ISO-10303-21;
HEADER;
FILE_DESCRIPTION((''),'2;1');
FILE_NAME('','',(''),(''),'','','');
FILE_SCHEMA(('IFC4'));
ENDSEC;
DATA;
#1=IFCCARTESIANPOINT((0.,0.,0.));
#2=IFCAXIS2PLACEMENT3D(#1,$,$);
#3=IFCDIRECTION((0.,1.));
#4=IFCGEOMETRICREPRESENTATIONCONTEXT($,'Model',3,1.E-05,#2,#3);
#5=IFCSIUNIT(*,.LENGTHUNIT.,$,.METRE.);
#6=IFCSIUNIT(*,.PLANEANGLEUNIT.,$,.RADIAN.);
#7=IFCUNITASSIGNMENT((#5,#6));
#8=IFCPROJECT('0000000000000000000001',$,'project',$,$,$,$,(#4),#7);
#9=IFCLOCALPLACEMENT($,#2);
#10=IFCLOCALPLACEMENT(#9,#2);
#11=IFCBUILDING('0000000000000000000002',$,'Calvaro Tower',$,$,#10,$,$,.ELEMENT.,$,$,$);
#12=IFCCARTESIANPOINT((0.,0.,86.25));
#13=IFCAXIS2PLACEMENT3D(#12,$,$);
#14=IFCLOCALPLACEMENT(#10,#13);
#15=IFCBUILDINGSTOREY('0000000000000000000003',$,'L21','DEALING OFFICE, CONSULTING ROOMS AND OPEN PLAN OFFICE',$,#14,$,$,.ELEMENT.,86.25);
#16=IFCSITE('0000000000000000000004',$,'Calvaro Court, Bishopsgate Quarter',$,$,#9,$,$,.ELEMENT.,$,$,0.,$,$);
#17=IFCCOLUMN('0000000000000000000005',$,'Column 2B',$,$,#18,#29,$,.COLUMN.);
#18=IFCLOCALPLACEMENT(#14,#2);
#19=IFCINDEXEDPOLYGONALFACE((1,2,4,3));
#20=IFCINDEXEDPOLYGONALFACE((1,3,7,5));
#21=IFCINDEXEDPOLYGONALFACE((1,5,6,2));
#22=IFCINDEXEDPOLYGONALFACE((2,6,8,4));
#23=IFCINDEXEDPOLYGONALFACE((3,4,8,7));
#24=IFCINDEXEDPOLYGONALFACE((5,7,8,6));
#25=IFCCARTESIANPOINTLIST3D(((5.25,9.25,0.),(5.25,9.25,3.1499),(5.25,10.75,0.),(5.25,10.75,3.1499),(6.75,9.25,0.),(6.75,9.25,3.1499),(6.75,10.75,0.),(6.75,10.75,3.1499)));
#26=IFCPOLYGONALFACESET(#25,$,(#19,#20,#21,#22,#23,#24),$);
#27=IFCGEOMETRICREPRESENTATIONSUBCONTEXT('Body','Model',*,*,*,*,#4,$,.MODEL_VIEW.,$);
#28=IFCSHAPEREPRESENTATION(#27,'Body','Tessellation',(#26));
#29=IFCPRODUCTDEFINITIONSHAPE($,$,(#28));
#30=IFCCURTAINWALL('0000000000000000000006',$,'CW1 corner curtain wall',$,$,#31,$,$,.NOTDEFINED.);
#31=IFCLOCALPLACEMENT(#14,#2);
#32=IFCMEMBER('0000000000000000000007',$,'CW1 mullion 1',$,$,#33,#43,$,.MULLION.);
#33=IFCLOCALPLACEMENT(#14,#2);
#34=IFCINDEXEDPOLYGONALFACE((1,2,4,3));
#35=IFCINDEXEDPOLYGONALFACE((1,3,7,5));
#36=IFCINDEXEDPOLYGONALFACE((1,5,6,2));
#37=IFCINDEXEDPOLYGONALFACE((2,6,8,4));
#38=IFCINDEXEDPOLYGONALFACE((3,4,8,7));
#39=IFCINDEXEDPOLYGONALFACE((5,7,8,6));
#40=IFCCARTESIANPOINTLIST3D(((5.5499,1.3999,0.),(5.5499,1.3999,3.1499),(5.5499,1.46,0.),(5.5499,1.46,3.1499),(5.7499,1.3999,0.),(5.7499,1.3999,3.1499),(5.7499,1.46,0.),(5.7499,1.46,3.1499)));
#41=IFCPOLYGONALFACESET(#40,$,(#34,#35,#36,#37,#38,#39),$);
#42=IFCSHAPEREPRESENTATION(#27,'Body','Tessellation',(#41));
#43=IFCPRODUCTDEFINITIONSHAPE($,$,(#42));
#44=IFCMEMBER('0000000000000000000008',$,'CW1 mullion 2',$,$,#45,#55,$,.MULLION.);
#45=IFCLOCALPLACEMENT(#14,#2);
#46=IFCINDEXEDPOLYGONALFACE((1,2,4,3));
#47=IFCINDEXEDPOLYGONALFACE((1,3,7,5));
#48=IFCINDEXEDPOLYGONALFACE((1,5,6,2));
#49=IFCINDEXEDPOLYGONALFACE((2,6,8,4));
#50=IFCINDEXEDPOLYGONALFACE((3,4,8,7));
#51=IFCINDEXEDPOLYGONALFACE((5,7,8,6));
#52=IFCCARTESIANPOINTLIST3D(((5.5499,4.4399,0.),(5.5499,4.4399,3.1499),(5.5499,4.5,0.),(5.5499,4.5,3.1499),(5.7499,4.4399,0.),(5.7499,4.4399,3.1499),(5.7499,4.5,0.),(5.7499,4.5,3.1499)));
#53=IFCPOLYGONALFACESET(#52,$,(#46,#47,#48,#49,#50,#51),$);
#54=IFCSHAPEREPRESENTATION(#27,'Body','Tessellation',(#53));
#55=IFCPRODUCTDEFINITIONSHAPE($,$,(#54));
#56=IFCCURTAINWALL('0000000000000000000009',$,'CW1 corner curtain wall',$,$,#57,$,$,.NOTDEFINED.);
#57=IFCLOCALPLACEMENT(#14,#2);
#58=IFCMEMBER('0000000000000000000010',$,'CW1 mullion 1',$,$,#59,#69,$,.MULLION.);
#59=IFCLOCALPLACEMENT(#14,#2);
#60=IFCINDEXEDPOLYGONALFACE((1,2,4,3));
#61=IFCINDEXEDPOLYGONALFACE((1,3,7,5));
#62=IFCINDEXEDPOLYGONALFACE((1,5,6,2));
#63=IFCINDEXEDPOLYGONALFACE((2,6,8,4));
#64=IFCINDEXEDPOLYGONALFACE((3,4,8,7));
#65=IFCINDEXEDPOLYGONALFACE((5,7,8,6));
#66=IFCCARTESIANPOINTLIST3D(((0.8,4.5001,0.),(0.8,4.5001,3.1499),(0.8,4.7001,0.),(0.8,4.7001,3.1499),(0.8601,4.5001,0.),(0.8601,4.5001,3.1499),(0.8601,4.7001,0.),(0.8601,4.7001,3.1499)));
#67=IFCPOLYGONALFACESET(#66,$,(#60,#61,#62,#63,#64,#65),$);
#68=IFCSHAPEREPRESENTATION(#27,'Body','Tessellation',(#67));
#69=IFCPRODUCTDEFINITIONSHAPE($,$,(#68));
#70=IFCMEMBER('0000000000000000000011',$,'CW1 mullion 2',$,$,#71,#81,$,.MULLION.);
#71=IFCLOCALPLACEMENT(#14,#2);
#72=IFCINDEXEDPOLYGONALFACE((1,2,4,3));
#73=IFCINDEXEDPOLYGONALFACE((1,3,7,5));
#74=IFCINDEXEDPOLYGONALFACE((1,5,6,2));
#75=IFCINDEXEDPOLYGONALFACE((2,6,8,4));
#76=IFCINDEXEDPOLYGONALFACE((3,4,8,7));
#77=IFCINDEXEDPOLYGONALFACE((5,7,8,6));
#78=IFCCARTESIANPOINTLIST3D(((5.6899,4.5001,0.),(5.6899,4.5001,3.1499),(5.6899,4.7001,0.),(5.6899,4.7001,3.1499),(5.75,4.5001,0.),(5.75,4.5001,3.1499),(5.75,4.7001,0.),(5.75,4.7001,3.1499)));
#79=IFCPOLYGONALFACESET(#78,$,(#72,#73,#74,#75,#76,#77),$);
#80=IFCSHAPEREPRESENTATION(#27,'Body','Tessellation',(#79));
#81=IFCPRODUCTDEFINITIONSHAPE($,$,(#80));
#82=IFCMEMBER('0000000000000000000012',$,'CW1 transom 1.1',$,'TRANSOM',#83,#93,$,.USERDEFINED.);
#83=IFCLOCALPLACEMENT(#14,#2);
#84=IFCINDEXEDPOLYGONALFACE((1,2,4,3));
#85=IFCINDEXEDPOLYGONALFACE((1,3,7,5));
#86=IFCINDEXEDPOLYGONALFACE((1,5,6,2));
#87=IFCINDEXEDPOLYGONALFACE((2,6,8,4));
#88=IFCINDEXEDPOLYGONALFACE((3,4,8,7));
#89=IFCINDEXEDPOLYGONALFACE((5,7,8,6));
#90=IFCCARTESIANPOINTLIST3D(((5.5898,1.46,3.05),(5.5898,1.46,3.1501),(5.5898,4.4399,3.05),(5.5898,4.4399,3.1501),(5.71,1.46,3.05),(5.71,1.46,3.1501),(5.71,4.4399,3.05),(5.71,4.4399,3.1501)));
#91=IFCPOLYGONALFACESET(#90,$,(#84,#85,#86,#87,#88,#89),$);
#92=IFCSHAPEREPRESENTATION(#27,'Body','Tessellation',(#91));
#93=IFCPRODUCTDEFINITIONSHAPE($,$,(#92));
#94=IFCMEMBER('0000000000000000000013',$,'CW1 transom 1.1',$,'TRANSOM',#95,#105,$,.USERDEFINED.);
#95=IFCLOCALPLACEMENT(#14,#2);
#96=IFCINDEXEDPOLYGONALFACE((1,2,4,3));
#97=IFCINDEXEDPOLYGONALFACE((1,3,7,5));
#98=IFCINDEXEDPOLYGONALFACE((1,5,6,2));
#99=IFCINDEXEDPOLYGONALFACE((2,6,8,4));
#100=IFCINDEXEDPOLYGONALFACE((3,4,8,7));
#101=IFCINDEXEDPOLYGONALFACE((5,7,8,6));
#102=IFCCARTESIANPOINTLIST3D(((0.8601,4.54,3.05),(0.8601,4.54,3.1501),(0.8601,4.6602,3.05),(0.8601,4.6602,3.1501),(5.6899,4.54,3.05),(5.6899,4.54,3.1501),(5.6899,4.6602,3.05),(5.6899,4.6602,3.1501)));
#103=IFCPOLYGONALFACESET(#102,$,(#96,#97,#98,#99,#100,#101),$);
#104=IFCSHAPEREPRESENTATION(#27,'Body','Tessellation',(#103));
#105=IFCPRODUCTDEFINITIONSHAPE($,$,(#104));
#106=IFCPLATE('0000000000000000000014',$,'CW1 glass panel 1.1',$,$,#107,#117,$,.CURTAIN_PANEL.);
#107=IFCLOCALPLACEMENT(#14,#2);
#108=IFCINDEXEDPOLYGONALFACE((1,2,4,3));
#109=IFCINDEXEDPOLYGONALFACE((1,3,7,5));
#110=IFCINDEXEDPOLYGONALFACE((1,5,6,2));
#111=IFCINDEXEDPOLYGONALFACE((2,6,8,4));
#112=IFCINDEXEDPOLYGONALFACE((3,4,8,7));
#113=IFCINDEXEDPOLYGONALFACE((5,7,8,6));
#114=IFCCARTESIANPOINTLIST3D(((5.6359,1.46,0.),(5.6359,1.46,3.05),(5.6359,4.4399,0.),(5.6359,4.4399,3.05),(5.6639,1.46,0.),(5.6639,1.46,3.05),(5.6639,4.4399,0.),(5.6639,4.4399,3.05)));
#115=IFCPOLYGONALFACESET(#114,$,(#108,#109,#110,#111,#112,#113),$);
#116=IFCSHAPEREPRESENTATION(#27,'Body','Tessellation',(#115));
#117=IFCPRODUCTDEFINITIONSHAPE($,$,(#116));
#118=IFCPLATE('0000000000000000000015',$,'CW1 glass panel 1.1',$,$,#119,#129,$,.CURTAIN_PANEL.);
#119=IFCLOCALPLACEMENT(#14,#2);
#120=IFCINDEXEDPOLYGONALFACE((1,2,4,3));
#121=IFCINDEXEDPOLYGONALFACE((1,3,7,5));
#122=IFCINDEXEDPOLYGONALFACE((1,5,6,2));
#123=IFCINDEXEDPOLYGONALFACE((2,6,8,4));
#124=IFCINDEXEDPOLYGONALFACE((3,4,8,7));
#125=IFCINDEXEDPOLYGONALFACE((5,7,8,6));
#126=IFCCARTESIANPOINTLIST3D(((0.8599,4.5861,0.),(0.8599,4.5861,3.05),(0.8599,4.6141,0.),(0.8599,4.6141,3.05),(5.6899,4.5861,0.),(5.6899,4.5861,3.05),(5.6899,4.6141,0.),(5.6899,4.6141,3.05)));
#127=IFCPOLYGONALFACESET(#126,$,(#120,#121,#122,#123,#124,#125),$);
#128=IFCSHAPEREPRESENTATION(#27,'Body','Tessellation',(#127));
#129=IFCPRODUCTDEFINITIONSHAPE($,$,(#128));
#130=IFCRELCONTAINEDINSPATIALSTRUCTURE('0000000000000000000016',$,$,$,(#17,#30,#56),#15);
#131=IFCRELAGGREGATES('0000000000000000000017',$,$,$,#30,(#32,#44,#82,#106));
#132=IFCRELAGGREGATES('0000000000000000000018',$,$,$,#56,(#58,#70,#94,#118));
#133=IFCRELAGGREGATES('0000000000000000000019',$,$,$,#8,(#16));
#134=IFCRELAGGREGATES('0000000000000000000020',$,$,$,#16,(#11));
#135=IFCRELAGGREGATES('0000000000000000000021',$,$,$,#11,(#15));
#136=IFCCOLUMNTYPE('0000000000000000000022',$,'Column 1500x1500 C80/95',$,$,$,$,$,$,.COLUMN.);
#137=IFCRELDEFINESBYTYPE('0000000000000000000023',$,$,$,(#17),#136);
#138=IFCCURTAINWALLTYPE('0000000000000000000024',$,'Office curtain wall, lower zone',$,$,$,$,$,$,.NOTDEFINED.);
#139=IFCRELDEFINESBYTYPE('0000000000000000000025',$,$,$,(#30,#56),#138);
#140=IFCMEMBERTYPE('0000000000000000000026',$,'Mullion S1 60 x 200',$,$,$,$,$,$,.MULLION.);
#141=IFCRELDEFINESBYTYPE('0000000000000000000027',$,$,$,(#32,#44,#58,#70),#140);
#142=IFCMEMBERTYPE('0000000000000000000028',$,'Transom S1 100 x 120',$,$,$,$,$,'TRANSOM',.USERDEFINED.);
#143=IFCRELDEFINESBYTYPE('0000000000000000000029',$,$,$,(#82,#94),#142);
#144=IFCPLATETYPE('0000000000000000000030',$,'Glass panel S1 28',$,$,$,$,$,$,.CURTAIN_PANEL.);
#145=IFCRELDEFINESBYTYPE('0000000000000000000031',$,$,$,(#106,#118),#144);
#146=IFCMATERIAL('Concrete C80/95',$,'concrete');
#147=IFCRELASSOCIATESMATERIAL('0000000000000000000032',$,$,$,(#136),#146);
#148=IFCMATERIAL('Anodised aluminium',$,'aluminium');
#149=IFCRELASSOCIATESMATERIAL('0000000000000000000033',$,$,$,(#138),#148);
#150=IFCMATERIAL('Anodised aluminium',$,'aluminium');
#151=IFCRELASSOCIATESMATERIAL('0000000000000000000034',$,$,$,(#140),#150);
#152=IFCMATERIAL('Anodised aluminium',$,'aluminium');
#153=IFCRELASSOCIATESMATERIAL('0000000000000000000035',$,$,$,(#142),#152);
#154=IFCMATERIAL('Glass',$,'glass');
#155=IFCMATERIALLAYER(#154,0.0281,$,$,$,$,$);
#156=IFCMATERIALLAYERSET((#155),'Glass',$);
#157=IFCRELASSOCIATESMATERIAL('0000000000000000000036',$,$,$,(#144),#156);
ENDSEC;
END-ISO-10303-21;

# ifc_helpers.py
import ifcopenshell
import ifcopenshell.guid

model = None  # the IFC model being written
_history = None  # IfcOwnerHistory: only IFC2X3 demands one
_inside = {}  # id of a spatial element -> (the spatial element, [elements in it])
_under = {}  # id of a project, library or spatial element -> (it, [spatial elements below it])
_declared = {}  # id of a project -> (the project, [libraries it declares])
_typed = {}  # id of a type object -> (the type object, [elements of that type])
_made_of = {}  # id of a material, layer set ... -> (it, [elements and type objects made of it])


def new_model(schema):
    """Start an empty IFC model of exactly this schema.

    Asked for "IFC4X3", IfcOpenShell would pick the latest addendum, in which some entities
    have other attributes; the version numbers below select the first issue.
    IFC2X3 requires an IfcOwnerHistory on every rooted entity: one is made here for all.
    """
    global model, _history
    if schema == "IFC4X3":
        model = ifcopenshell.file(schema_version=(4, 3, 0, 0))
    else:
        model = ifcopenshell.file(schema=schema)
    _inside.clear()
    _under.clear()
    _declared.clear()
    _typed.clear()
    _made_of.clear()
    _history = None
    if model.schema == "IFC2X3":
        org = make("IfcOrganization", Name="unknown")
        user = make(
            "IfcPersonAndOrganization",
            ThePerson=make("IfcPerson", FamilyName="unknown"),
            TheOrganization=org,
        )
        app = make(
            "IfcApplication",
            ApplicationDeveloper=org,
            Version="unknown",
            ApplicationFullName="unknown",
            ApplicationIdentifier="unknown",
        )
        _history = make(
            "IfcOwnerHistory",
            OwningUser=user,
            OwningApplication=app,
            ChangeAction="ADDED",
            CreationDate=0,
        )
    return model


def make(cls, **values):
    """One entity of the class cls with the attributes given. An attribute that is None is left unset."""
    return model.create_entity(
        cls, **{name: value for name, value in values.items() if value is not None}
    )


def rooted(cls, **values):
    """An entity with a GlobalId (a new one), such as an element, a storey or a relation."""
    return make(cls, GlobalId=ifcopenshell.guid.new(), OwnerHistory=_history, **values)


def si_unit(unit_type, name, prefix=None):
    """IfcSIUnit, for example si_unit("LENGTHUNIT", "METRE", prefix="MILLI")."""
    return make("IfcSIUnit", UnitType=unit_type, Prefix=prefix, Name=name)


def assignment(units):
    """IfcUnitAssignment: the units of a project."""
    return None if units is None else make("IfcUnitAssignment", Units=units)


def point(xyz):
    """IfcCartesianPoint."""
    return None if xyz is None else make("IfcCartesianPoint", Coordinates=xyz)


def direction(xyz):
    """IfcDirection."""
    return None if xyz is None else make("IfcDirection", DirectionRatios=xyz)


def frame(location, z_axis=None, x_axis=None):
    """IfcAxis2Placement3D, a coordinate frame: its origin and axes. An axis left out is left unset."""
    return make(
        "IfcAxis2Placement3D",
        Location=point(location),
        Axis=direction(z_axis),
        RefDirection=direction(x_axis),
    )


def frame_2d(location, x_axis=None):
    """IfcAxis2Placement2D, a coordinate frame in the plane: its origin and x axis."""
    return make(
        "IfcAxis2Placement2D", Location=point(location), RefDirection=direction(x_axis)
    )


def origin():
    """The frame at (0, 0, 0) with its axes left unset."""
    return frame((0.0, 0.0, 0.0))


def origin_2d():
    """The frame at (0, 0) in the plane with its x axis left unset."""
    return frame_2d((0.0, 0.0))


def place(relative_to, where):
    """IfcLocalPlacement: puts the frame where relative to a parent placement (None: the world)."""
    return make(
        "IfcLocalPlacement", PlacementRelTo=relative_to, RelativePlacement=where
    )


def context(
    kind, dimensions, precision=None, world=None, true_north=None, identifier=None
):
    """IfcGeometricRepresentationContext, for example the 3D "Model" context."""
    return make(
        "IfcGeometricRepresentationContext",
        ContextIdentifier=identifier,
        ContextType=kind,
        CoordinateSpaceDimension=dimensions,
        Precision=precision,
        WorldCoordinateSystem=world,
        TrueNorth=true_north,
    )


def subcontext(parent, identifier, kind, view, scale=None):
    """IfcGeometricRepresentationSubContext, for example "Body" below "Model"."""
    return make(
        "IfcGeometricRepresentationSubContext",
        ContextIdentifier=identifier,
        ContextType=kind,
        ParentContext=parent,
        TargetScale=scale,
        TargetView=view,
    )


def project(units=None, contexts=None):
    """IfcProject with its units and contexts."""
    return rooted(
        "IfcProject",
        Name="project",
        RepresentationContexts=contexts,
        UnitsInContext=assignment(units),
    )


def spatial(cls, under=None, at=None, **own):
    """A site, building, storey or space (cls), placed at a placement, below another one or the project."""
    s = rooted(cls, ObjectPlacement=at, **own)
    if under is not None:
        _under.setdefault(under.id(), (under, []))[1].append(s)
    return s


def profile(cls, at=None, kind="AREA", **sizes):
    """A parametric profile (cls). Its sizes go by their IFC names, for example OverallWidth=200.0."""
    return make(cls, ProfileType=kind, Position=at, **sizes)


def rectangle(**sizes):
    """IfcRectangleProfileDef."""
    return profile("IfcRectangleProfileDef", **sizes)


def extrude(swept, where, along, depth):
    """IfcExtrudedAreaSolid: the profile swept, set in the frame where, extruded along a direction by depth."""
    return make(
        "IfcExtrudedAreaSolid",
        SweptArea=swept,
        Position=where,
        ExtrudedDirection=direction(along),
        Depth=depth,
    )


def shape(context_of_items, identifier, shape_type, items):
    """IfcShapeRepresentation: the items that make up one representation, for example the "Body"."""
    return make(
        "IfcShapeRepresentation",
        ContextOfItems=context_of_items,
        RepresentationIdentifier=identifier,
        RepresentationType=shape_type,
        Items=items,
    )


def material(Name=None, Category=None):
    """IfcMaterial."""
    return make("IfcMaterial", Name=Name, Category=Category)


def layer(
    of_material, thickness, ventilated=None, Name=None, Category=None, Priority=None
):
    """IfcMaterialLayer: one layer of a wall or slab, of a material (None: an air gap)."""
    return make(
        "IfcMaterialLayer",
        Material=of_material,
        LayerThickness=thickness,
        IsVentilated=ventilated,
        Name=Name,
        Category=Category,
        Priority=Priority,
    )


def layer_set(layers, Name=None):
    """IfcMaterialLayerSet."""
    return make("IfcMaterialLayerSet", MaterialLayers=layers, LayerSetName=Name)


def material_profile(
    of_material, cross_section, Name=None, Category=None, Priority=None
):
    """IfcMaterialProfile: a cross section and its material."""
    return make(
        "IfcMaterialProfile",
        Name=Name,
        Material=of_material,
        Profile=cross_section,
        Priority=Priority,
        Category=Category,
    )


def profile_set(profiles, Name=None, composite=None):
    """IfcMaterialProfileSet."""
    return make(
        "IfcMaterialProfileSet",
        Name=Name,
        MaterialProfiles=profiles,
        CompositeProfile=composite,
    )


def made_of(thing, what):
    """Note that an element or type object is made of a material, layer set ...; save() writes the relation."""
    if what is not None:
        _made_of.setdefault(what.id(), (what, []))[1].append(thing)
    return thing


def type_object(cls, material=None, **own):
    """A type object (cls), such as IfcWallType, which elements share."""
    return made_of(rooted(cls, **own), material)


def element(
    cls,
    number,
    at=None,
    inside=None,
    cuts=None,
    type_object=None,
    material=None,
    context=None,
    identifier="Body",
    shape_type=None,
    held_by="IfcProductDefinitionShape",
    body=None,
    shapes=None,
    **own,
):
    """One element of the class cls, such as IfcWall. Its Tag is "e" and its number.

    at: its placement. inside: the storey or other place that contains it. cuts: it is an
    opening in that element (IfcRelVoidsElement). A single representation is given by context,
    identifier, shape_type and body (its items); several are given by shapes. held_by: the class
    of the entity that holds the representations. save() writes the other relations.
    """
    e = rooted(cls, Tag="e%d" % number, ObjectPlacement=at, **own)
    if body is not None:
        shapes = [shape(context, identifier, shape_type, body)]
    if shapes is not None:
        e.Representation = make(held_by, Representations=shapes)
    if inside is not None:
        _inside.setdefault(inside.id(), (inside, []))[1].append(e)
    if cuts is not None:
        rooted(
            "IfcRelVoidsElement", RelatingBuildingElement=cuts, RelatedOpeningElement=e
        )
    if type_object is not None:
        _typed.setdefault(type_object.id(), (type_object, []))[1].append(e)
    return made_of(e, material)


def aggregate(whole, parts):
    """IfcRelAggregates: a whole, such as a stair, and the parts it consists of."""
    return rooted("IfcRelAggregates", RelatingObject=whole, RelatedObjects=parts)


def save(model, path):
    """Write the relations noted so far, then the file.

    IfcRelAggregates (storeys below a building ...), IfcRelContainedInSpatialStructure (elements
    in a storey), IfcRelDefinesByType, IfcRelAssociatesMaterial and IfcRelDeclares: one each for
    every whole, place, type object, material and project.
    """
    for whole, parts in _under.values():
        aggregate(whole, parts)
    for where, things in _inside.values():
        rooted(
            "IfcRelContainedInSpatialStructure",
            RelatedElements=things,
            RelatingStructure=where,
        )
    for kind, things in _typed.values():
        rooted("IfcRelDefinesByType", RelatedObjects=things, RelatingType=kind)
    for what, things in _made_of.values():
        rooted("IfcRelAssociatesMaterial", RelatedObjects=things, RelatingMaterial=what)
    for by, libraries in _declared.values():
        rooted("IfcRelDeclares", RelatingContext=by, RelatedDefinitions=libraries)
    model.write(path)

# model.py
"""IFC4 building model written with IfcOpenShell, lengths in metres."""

from ifc_helpers import new_model, si_unit, direction, frame, origin, origin_2d, place, context, subcontext, project, spatial, rectangle, extrude, material, layer, layer_set, material_profile, profile_set, type_object, element, aggregate, save


model = new_model("IFC4")

# Units and contexts
model_context = context("Model", 3, precision=1e-05, world=origin(), true_north=direction((0.0, 1.0)))
body_context = subcontext(model_context, "Body", "Model", "MODEL_VIEW")
ifc_project = project(units=[si_unit("LENGTHUNIT", "METRE"), si_unit("PLANEANGLEUNIT", "RADIAN")], contexts=[model_context])

# Site, building, storey
site_placement = place(None, origin())
site = spatial("IfcSite", under=ifc_project, at=site_placement, Name="Calvaro Court, Bishopsgate Quarter", CompositionType="ELEMENT", RefElevation=0.0)
building_placement = place(site_placement, origin())
building = spatial("IfcBuilding", under=site, at=building_placement, Name="Calvaro Tower", CompositionType="ELEMENT")
storey_placement = place(building_placement, frame((0.0, 0.0, 86.25)))
storey = spatial("IfcBuildingStorey", under=building, at=storey_placement, Name="L21", Description="DEALING OFFICE, CONSULTING ROOMS AND OPEN PLAN OFFICE", CompositionType="ELEMENT", Elevation=86.25)

# Column
ifc_material_1 = material(Name="Concrete C80/95", Category="concrete")
ifc_material_profile_1 = material_profile(ifc_material_1, rectangle(XDim=1.5, YDim=1.5, at=origin_2d()), Name="RC 1500x1500")
ifc_profile_set_1 = profile_set([ifc_material_profile_1], Name="Concrete C80/95")
column_type = type_object("IfcColumnType", Name="Column 1500x1500 C80/95", PredefinedType="COLUMN", material=ifc_profile_set_1)
column_placement = place(storey_placement, frame((6.0, 10.0, 0.0), z_axis=(0.0, 0.0, 1.0), x_axis=(1.0, 0.0, 0.0)))
element("IfcColumn", 1, at=column_placement, inside=storey, type_object=column_type, Name="Column 2B", PredefinedType="COLUMN", context=body_context, shape_type="SweptSolid", body=[
    extrude(rectangle(XDim=1.5, YDim=1.5, at=origin_2d()), origin(), (0.0, 0.0, 1.0), 3.1499),
])

# Curtain walls, members
ifc_material_2 = material(Name="Anodised aluminium", Category="aluminium")
curtain_wall_type = type_object("IfcCurtainWallType", Name="Office curtain wall, lower zone", PredefinedType="NOTDEFINED", material=ifc_material_2)
curtain_wall_1_placement = place(storey_placement, origin())
curtain_wall_1 = element("IfcCurtainWall", 2, at=curtain_wall_1_placement, inside=storey, type_object=curtain_wall_type, Name="CW1 corner curtain wall", PredefinedType="NOTDEFINED")
ifc_material_3 = material(Name="Anodised aluminium", Category="aluminium")
ifc_material_profile_2 = material_profile(ifc_material_3, rectangle(XDim=0.2, YDim=0.0601, at=origin_2d()), Name="Mullion S1 60 x 200")
ifc_profile_set_2 = profile_set([ifc_material_profile_2], Name="Anodised aluminium")
member_type_1 = type_object("IfcMemberType", Name="Mullion S1 60 x 200", PredefinedType="MULLION", material=ifc_profile_set_2)
member_1_placement = place(storey_placement, frame((5.6499, 1.4299, 0.0), z_axis=(0.0, 0.0, 1.0), x_axis=(-1.0, 0.0, 0.0)))
member_1 = element("IfcMember", 3, at=member_1_placement, type_object=member_type_1, Name="CW1 mullion 1", PredefinedType="MULLION", context=body_context, shape_type="SweptSolid", body=[
    extrude(rectangle(XDim=0.2, YDim=0.0601, at=origin_2d()), origin(), (0.0, 0.0, 1.0), 3.1499),
])
member_2_placement = place(storey_placement, frame((5.6499, 4.47, 0.0), z_axis=(0.0, 0.0, 1.0), x_axis=(-1.0, 0.0, 0.0)))
member_2 = element("IfcMember", 4, at=member_2_placement, type_object=member_type_1, Name="CW1 mullion 2", PredefinedType="MULLION", context=body_context, shape_type="SweptSolid", body=[
    extrude(rectangle(XDim=0.2, YDim=0.0601, at=origin_2d()), origin(), (0.0, 0.0, 1.0), 3.1499),
])
curtain_wall_2_placement = place(storey_placement, origin())
curtain_wall_2 = element("IfcCurtainWall", 5, at=curtain_wall_2_placement, inside=storey, type_object=curtain_wall_type, Name="CW1 corner curtain wall", PredefinedType="NOTDEFINED")
member_3_placement = place(storey_placement, frame((0.8301, 4.6001, 0.0), z_axis=(0.0, 0.0, 1.0), x_axis=(0.0, 1.0, 0.0)))
member_3 = element("IfcMember", 6, at=member_3_placement, type_object=member_type_1, Name="CW1 mullion 1", PredefinedType="MULLION", context=body_context, shape_type="SweptSolid", body=[
    extrude(rectangle(XDim=0.2, YDim=0.0601, at=origin_2d()), origin(), (0.0, 0.0, 1.0), 3.1499),
])
member_4_placement = place(storey_placement, frame((5.72, 4.6001, 0.0), z_axis=(0.0, 0.0, 1.0), x_axis=(0.0, 1.0, 0.0)))
member_4 = element("IfcMember", 7, at=member_4_placement, type_object=member_type_1, Name="CW1 mullion 2", PredefinedType="MULLION", context=body_context, shape_type="SweptSolid", body=[
    extrude(rectangle(XDim=0.2, YDim=0.0601, at=origin_2d()), origin(), (0.0, 0.0, 1.0), 3.1499),
])

# Members
ifc_material_4 = material(Name="Anodised aluminium", Category="aluminium")
ifc_material_profile_3 = material_profile(ifc_material_4, rectangle(XDim=0.1201, YDim=0.1001, at=origin_2d()), Name="Transom S1 100 x 120")
ifc_profile_set_3 = profile_set([ifc_material_profile_3], Name="Anodised aluminium")
member_type_2 = type_object("IfcMemberType", Name="Transom S1 100 x 120", ElementType="TRANSOM", PredefinedType="USERDEFINED", material=ifc_profile_set_3)
member_5_placement = place(storey_placement, frame((5.6499, 1.46, 3.1001), z_axis=(0.0, 1.0, 0.0), x_axis=(-1.0, 0.0, 0.0)))
member_5 = element("IfcMember", 8, at=member_5_placement, type_object=member_type_2, Name="CW1 transom 1.1", ObjectType="TRANSOM", PredefinedType="USERDEFINED", context=body_context, shape_type="SweptSolid", body=[
    extrude(rectangle(XDim=0.1201, YDim=0.1001, at=origin_2d()), origin(), (0.0, 0.0, 1.0), 2.98),
])
member_6_placement = place(storey_placement, frame((0.8601, 4.6001, 3.1001), z_axis=(1.0, 0.0, 0.0), x_axis=(0.0, 1.0, 0.0)))
member_6 = element("IfcMember", 9, at=member_6_placement, type_object=member_type_2, Name="CW1 transom 1.1", ObjectType="TRANSOM", PredefinedType="USERDEFINED", context=body_context, shape_type="SweptSolid", body=[
    extrude(rectangle(XDim=0.1201, YDim=0.1001, at=origin_2d()), origin(), (0.0, 0.0, 1.0), 4.8298),
])

# Plates
ifc_material_5 = material(Name="Glass", Category="glass")
ifc_layer_1 = layer(ifc_material_5, 0.0281)
ifc_layer_set_1 = layer_set([ifc_layer_1], Name="Glass")
plate_type = type_object("IfcPlateType", Name="Glass panel S1 28", PredefinedType="CURTAIN_PANEL", material=ifc_layer_set_1)
plate_1_placement = place(storey_placement, frame((5.6499, 2.95, 0.0), z_axis=(0.0, 0.0, 1.0), x_axis=(0.0, 1.0, 0.0)))
plate_1 = element("IfcPlate", 10, at=plate_1_placement, type_object=plate_type, Name="CW1 glass panel 1.1", PredefinedType="CURTAIN_PANEL", context=body_context, shape_type="SweptSolid", body=[
    extrude(rectangle(XDim=2.98, YDim=0.0281, at=origin_2d()), origin(), (0.0, 0.0, 1.0), 3.05),
])
aggregate(curtain_wall_1, [member_1, member_2, member_5, plate_1])
plate_2_placement = place(storey_placement, frame((3.2749, 4.6001, 0.0), z_axis=(0.0, 0.0, 1.0), x_axis=(1.0, 0.0, 0.0)))
plate_2 = element("IfcPlate", 11, at=plate_2_placement, type_object=plate_type, Name="CW1 glass panel 1.1", PredefinedType="CURTAIN_PANEL", context=body_context, shape_type="SweptSolid", body=[
    extrude(rectangle(XDim=4.8301, YDim=0.0281, at=origin_2d()), origin(), (0.0, 0.0, 1.0), 3.05),
])
aggregate(curtain_wall_2, [member_3, member_4, member_6, plate_2])

save(model, "model.ifc")
